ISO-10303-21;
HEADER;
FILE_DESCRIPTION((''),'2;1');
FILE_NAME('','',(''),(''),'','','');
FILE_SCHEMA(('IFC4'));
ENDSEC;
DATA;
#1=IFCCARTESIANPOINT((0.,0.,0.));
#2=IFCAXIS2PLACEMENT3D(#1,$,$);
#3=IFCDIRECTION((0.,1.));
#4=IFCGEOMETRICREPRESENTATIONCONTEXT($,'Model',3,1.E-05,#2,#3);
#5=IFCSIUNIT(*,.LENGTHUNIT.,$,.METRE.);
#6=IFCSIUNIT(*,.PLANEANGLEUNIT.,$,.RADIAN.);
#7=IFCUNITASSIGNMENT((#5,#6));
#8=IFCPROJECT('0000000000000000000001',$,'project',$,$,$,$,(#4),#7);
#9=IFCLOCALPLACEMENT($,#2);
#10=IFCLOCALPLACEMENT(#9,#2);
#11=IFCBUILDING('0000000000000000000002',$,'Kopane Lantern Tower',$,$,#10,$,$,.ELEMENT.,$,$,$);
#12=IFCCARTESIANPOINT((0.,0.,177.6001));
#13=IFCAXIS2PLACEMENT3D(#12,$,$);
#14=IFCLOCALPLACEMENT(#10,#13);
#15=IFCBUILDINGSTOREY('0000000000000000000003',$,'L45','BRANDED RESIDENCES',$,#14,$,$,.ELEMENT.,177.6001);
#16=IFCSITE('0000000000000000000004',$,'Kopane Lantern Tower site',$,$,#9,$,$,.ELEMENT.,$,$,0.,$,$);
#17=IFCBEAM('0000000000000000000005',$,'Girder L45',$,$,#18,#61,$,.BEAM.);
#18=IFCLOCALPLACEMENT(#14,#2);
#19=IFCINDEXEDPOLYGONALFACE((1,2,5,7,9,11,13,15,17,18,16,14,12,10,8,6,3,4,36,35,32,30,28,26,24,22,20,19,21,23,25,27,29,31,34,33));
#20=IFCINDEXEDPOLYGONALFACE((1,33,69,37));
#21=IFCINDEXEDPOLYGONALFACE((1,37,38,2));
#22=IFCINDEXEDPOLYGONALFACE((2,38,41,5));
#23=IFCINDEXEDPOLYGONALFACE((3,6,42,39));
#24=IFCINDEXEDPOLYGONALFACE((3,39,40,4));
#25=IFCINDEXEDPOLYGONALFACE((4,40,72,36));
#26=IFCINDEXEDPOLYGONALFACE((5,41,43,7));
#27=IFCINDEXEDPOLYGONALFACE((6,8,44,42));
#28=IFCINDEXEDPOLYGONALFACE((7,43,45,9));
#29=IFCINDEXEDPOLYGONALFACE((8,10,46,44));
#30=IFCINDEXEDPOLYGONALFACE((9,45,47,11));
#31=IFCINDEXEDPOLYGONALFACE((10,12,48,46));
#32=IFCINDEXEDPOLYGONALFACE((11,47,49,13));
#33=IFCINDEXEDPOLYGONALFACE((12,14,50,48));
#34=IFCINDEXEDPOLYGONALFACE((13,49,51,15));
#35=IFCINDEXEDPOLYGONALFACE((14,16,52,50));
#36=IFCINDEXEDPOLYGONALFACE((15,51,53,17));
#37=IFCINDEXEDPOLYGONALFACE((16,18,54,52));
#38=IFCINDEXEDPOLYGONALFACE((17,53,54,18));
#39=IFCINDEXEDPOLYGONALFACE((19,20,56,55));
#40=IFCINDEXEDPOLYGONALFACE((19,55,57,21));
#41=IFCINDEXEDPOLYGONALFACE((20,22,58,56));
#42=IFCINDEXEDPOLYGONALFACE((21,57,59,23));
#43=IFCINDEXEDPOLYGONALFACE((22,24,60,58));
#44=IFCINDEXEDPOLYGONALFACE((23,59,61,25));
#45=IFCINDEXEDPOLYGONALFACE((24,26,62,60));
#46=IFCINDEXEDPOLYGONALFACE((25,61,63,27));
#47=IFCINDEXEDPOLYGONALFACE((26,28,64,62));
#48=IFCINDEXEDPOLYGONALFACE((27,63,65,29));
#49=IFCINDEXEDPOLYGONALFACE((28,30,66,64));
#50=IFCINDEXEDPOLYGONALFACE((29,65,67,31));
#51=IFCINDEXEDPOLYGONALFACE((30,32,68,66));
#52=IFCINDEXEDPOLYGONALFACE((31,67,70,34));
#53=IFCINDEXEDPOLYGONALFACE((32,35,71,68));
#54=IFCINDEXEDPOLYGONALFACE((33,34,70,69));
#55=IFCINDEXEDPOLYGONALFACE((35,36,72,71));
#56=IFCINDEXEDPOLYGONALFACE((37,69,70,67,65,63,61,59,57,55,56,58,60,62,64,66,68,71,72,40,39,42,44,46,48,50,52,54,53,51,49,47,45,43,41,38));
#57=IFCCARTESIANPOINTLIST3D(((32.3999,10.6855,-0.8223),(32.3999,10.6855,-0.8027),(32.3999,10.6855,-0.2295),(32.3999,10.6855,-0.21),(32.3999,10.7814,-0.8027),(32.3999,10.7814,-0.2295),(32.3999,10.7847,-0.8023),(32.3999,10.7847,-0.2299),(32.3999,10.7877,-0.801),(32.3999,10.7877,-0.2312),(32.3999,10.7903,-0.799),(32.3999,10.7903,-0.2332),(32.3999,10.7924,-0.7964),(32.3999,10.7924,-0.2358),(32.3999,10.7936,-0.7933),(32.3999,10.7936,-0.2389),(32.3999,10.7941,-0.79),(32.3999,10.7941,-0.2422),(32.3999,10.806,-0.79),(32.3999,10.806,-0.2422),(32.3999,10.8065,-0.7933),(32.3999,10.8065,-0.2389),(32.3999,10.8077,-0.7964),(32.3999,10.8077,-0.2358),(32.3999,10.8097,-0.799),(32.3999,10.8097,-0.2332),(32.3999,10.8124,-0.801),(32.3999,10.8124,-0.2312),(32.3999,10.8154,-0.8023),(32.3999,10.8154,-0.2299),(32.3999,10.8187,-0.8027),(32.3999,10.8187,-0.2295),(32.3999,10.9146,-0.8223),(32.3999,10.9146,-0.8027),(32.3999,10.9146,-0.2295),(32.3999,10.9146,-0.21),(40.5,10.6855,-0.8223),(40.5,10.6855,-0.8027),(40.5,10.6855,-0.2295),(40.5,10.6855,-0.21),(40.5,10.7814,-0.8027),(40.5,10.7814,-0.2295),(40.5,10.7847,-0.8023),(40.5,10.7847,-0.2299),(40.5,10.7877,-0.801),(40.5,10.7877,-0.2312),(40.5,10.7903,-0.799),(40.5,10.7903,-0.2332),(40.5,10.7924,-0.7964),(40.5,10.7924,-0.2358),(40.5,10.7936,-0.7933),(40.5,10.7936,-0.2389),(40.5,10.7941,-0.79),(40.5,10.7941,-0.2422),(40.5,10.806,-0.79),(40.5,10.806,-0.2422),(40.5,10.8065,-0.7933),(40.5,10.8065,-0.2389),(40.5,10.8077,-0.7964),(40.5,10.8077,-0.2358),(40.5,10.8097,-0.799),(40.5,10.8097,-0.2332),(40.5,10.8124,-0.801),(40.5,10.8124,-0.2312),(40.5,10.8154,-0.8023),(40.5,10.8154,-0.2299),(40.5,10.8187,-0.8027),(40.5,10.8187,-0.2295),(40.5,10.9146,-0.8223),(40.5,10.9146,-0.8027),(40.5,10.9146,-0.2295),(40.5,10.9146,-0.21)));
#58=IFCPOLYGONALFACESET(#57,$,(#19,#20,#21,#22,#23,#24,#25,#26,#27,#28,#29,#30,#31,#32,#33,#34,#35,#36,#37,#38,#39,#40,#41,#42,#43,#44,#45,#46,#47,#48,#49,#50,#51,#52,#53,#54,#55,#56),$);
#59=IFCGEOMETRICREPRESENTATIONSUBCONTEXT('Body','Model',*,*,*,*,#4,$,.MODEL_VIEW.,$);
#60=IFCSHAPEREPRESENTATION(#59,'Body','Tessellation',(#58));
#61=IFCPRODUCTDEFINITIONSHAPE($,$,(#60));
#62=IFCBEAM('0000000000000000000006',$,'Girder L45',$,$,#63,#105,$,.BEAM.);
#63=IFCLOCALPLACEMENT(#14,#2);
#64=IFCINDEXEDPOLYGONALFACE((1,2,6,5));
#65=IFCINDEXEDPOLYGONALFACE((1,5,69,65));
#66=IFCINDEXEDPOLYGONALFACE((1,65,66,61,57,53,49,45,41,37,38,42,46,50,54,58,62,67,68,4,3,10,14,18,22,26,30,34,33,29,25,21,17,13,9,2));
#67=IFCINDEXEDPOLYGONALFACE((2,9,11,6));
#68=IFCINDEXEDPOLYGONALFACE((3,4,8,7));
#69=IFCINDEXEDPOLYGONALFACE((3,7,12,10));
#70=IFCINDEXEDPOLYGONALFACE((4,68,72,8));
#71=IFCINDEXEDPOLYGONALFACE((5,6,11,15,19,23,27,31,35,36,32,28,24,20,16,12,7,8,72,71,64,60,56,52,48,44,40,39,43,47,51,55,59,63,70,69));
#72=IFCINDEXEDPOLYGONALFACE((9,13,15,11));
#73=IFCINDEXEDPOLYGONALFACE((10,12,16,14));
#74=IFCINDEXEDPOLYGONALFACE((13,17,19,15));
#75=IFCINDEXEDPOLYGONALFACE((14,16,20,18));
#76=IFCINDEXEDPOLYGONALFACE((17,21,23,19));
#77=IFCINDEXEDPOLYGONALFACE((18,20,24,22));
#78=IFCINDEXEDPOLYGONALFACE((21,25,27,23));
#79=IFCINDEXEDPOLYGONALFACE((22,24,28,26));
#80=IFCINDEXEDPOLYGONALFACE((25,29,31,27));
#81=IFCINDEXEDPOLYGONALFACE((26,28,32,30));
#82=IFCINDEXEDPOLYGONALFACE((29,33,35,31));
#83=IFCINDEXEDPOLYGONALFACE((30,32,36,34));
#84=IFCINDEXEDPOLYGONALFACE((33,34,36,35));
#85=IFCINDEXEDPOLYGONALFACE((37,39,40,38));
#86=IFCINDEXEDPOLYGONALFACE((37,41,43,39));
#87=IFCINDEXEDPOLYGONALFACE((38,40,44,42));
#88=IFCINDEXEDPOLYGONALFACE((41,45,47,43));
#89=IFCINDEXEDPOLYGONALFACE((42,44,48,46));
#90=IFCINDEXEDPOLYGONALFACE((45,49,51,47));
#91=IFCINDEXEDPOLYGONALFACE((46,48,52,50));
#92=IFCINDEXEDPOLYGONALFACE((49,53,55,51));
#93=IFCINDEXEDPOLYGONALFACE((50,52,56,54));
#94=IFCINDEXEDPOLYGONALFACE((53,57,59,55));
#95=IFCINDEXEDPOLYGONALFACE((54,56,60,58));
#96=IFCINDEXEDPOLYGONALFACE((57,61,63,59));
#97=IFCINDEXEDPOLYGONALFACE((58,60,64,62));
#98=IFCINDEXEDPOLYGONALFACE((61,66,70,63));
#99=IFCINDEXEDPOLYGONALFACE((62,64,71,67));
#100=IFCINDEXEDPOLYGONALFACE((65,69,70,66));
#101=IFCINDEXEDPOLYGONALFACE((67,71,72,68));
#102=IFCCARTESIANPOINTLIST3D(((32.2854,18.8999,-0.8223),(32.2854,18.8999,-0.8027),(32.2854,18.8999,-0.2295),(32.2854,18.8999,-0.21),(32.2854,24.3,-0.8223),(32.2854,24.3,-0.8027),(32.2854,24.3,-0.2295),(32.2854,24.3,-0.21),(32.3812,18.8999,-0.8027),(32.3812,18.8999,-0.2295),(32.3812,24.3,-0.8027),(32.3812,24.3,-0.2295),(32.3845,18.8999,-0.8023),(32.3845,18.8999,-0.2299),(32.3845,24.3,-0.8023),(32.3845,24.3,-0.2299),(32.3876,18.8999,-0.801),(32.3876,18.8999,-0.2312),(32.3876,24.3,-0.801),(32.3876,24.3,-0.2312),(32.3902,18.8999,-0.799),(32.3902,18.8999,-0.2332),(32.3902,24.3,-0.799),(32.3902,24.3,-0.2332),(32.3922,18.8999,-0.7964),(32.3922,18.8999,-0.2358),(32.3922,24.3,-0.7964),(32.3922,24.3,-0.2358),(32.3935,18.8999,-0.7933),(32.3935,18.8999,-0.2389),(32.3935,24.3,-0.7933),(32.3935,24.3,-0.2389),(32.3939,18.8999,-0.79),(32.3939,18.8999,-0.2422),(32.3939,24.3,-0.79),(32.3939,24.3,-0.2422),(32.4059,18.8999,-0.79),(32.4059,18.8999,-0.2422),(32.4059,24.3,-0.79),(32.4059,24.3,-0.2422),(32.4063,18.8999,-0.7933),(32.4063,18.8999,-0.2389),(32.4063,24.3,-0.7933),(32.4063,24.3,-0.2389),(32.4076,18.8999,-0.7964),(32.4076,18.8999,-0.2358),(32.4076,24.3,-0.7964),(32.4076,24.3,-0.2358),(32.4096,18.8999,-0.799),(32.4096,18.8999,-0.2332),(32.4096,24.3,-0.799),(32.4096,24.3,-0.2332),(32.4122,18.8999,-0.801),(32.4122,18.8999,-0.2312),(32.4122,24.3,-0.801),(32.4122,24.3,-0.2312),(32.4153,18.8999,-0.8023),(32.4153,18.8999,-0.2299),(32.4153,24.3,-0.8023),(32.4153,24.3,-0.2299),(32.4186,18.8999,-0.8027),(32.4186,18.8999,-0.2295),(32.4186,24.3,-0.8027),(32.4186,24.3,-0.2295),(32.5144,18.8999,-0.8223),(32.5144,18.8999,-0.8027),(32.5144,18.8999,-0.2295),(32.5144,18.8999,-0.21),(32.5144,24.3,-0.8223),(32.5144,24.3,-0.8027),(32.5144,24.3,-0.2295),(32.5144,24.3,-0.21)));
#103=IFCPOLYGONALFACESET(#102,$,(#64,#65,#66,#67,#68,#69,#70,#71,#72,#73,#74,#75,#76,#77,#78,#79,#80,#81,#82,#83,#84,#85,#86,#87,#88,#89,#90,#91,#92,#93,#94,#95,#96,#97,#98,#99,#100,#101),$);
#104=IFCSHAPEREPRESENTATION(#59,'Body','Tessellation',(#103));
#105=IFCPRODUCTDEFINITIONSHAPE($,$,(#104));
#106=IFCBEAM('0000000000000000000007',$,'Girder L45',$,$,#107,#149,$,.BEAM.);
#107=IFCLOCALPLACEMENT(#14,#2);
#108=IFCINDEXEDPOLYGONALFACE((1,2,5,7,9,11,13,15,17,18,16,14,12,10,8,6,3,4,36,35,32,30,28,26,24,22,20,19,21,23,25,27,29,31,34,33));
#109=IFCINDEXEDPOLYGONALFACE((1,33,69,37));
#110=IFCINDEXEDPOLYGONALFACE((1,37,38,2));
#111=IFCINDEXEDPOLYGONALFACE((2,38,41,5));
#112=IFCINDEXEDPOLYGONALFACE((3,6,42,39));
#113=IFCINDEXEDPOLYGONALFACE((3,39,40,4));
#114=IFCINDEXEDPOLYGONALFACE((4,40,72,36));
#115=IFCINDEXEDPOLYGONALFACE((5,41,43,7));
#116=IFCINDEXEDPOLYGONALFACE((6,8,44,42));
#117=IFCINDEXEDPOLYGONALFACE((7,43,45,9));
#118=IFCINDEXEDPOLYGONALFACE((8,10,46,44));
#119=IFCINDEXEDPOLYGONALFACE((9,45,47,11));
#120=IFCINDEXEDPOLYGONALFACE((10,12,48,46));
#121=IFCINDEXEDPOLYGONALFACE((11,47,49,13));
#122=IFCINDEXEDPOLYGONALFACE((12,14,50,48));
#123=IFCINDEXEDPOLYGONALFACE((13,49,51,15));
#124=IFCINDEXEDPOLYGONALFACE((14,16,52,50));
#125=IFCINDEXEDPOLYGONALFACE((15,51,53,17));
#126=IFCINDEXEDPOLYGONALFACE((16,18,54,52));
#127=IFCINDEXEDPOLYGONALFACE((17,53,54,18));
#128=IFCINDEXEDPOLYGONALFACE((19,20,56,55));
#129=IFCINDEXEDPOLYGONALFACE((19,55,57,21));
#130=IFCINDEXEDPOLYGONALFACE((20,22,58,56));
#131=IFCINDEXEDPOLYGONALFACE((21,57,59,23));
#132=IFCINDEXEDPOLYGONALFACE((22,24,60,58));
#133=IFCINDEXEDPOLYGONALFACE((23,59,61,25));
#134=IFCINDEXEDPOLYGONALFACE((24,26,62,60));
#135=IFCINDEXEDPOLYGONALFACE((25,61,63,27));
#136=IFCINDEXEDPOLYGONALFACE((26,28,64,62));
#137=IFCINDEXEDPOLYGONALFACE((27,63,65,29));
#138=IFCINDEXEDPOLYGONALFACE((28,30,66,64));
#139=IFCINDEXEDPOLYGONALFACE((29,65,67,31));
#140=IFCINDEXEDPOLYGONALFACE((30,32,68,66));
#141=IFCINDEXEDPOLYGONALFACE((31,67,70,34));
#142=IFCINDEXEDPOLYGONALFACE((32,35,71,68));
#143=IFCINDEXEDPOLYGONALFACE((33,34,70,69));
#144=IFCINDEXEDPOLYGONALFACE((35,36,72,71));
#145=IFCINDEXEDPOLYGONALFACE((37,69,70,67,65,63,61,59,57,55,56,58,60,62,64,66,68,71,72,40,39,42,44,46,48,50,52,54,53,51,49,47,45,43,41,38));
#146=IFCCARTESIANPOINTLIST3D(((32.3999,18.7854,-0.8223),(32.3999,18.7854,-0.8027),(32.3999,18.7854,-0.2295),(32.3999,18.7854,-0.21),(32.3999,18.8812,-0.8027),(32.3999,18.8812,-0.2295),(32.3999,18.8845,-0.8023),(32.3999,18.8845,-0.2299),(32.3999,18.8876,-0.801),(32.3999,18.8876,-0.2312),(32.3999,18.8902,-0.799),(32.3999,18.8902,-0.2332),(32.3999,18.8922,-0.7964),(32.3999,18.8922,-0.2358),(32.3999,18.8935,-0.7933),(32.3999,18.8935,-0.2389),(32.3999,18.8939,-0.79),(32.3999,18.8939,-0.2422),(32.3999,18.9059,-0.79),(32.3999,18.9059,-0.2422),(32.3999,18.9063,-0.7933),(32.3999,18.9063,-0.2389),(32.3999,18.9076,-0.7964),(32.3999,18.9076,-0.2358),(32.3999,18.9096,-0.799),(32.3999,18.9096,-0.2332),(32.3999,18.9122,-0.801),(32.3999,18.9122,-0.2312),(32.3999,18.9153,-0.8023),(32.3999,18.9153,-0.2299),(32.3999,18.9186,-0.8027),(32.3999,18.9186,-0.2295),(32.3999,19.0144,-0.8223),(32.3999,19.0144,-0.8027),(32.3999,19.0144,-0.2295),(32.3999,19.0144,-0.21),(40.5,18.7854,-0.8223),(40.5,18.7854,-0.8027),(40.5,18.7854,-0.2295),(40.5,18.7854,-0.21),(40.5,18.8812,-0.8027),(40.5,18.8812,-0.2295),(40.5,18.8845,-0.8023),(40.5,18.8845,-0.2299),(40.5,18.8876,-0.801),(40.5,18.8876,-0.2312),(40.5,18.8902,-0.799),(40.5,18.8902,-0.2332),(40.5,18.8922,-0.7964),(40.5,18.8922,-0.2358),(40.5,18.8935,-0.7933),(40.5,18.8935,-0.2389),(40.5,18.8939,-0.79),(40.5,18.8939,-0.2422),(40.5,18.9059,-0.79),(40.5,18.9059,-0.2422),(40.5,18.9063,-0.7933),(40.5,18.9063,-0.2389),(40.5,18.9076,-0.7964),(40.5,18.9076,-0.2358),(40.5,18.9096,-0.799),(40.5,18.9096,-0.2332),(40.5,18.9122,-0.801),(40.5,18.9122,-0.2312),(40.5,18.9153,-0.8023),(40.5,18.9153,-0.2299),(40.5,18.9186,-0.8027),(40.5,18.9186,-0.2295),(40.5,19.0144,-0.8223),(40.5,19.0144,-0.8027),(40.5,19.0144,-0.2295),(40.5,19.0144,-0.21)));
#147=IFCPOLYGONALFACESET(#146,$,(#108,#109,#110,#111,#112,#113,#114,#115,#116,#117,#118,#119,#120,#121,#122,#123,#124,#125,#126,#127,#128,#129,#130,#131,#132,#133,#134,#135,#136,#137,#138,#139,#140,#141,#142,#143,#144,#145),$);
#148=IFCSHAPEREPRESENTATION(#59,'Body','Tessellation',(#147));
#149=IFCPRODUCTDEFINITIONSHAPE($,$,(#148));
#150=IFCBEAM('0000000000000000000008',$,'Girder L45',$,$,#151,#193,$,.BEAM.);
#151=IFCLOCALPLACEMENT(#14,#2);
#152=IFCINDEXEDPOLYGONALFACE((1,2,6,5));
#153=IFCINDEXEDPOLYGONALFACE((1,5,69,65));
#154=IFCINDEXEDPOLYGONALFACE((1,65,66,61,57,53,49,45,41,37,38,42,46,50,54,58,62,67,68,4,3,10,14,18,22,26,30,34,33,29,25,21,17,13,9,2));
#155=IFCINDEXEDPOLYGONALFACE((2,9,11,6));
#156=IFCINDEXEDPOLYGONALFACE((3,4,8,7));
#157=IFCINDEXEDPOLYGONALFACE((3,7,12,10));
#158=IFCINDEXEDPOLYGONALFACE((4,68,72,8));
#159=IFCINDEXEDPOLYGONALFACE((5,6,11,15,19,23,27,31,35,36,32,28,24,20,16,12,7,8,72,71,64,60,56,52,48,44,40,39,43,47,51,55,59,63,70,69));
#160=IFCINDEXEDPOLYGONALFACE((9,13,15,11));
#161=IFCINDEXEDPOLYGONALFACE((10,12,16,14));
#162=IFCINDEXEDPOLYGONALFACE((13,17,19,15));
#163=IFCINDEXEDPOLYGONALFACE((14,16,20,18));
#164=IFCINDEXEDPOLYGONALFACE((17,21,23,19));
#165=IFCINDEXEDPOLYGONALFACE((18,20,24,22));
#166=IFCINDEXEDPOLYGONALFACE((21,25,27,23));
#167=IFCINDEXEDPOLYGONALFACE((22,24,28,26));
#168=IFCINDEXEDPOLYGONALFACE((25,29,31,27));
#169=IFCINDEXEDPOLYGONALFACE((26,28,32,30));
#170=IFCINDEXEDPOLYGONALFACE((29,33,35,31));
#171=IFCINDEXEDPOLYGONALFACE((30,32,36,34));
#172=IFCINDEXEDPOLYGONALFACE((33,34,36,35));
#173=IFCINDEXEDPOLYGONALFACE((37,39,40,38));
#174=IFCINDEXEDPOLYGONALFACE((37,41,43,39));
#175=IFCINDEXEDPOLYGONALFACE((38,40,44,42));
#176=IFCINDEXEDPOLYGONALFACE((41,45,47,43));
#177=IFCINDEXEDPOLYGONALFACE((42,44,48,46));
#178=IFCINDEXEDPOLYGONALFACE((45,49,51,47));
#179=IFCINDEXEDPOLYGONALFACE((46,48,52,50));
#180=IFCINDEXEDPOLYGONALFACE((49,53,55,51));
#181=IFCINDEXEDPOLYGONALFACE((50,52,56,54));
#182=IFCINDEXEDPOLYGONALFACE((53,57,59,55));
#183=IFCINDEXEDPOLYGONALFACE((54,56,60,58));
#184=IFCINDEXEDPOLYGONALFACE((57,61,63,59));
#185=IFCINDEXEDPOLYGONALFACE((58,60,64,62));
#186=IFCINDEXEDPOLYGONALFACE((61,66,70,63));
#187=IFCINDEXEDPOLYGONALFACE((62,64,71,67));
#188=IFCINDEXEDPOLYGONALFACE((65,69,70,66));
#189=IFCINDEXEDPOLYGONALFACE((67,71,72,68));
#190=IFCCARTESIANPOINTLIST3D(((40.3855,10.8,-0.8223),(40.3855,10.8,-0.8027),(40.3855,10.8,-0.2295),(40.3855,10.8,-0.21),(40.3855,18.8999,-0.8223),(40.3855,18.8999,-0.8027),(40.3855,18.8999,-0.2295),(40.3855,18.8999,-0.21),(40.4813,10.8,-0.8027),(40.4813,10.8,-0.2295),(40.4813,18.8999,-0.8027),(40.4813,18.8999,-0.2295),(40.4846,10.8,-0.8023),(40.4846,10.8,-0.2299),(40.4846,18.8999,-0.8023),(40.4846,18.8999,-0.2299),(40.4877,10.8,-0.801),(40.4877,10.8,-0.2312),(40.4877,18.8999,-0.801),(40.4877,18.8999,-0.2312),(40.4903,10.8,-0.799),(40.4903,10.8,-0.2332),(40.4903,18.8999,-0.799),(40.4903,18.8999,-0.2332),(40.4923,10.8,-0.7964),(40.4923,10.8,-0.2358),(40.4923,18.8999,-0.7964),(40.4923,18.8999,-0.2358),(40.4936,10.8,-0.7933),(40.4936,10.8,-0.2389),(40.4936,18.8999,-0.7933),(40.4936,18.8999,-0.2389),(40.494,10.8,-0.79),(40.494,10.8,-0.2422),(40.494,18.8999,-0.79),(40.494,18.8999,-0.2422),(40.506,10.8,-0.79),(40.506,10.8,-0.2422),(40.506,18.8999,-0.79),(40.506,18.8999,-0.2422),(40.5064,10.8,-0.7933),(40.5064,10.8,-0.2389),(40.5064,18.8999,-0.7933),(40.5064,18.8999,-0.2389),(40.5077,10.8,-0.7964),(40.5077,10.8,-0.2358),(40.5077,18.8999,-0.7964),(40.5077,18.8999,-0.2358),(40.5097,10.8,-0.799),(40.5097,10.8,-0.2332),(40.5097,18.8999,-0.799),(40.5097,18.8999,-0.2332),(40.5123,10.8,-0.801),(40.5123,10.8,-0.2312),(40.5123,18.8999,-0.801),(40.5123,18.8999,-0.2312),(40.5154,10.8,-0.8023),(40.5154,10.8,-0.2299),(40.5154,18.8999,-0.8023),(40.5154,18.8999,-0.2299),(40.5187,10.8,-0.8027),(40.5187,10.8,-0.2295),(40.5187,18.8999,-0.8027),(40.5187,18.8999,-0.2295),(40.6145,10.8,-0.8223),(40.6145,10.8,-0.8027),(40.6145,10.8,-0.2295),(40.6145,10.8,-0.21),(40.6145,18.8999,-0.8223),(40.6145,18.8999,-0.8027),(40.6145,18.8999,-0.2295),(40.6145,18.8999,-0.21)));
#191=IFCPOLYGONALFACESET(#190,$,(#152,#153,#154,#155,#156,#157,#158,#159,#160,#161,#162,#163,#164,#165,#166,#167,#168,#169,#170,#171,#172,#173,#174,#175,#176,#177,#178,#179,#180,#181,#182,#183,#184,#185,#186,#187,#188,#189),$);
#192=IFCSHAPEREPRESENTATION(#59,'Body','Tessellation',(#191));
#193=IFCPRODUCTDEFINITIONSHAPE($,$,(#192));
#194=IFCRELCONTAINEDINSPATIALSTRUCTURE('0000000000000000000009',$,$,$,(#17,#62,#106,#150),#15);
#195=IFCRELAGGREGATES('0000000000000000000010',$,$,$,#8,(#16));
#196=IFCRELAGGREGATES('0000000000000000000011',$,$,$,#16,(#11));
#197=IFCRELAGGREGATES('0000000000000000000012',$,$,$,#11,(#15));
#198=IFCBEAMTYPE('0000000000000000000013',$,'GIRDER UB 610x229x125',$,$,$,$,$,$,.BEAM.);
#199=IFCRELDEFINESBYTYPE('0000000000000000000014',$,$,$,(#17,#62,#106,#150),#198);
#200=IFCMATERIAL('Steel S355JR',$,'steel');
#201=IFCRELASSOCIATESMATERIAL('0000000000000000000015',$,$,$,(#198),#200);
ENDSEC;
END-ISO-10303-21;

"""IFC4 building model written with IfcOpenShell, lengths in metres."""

from ifc_helpers import new_model, si_unit, direction, frame, origin, origin_2d, place, context, subcontext, project, spatial, i_section, extrude, material, material_profile, profile_set, type_object, element, save


model = new_model("IFC4")

# Units and contexts
model_context = context("Model", 3, precision=1e-05, world=origin(), true_north=direction((0.0, 1.0)))
body_context = subcontext(model_context, "Body", "Model", "MODEL_VIEW")
ifc_project = project(units=[si_unit("LENGTHUNIT", "METRE"), si_unit("PLANEANGLEUNIT", "RADIAN")], contexts=[model_context])

# Site, building, storey
site_placement = place(None, origin())
site = spatial("IfcSite", under=ifc_project, at=site_placement, Name="Kopane Lantern Tower site", CompositionType="ELEMENT", RefElevation=0.0)
building_placement = place(site_placement, origin())
building = spatial("IfcBuilding", under=site, at=building_placement, Name="Kopane Lantern Tower", CompositionType="ELEMENT")
storey_placement = place(building_placement, frame((0.0, 0.0, 177.6001)))
storey = spatial("IfcBuildingStorey", under=building, at=storey_placement, Name="L45", Description="BRANDED RESIDENCES", CompositionType="ELEMENT", Elevation=177.6001)

# Beams
ifc_material_1 = material(Name="Steel S355JR", Category="steel")
ifc_material_profile_1 = material_profile(ifc_material_1, i_section(OverallWidth=0.229, OverallDepth=0.6123, WebThickness=0.012, FlangeThickness=0.0195, FilletRadius=0.0127, at=origin_2d()), Name="UB 610x229x125")
ifc_profile_set_1 = profile_set([ifc_material_profile_1], Name="Steel S355JR")
beam_type = type_object("IfcBeamType", Name="GIRDER UB 610x229x125", PredefinedType="BEAM", material=ifc_profile_set_1)
beam_1_placement = place(storey_placement, frame((32.3999, 10.8, -0.5161), z_axis=(1.0, 0.0, 0.0), x_axis=(0.0, 1.0, 0.0)))
element("IfcBeam", 1, at=beam_1_placement, inside=storey, type_object=beam_type, Name="Girder L45", PredefinedType="BEAM", context=body_context, shape_type="SweptSolid", body=[
    extrude(i_section(OverallWidth=0.229, OverallDepth=0.6123, WebThickness=0.012, FlangeThickness=0.0195, FilletRadius=0.0127, at=origin_2d()), origin(), (0.0, 0.0, 1.0), 8.1001),
])
beam_2_placement = place(storey_placement, frame((32.3999, 18.8999, -0.5161), z_axis=(0.0, 1.0, 0.0), x_axis=(-1.0, 0.0, 0.0)))
element("IfcBeam", 2, at=beam_2_placement, inside=storey, type_object=beam_type, Name="Girder L45", PredefinedType="BEAM", context=body_context, shape_type="SweptSolid", body=[
    extrude(i_section(OverallWidth=0.229, OverallDepth=0.6123, WebThickness=0.012, FlangeThickness=0.0195, FilletRadius=0.0127, at=origin_2d()), origin(), (0.0, 0.0, 1.0), 5.4001),
])
beam_3_placement = place(storey_placement, frame((32.3999, 18.8999, -0.5161), z_axis=(1.0, 0.0, 0.0), x_axis=(0.0, 1.0, 0.0)))
element("IfcBeam", 3, at=beam_3_placement, inside=storey, type_object=beam_type, Name="Girder L45", PredefinedType="BEAM", context=body_context, shape_type="SweptSolid", body=[
    extrude(i_section(OverallWidth=0.229, OverallDepth=0.6123, WebThickness=0.012, FlangeThickness=0.0195, FilletRadius=0.0127, at=origin_2d()), origin(), (0.0, 0.0, 1.0), 8.1001),
])
beam_4_placement = place(storey_placement, frame((40.5, 10.8, -0.5161), z_axis=(0.0, 1.0, 0.0), x_axis=(-1.0, 0.0, 0.0)))
element("IfcBeam", 4, at=beam_4_placement, inside=storey, type_object=beam_type, Name="Girder L45", PredefinedType="BEAM", context=body_context, shape_type="SweptSolid", body=[
    extrude(i_section(OverallWidth=0.229, OverallDepth=0.6123, WebThickness=0.012, FlangeThickness=0.0195, FilletRadius=0.0127, at=origin_2d()), origin(), (0.0, 0.0, 1.0), 8.0999),
])

save(model, "model.ifc")
